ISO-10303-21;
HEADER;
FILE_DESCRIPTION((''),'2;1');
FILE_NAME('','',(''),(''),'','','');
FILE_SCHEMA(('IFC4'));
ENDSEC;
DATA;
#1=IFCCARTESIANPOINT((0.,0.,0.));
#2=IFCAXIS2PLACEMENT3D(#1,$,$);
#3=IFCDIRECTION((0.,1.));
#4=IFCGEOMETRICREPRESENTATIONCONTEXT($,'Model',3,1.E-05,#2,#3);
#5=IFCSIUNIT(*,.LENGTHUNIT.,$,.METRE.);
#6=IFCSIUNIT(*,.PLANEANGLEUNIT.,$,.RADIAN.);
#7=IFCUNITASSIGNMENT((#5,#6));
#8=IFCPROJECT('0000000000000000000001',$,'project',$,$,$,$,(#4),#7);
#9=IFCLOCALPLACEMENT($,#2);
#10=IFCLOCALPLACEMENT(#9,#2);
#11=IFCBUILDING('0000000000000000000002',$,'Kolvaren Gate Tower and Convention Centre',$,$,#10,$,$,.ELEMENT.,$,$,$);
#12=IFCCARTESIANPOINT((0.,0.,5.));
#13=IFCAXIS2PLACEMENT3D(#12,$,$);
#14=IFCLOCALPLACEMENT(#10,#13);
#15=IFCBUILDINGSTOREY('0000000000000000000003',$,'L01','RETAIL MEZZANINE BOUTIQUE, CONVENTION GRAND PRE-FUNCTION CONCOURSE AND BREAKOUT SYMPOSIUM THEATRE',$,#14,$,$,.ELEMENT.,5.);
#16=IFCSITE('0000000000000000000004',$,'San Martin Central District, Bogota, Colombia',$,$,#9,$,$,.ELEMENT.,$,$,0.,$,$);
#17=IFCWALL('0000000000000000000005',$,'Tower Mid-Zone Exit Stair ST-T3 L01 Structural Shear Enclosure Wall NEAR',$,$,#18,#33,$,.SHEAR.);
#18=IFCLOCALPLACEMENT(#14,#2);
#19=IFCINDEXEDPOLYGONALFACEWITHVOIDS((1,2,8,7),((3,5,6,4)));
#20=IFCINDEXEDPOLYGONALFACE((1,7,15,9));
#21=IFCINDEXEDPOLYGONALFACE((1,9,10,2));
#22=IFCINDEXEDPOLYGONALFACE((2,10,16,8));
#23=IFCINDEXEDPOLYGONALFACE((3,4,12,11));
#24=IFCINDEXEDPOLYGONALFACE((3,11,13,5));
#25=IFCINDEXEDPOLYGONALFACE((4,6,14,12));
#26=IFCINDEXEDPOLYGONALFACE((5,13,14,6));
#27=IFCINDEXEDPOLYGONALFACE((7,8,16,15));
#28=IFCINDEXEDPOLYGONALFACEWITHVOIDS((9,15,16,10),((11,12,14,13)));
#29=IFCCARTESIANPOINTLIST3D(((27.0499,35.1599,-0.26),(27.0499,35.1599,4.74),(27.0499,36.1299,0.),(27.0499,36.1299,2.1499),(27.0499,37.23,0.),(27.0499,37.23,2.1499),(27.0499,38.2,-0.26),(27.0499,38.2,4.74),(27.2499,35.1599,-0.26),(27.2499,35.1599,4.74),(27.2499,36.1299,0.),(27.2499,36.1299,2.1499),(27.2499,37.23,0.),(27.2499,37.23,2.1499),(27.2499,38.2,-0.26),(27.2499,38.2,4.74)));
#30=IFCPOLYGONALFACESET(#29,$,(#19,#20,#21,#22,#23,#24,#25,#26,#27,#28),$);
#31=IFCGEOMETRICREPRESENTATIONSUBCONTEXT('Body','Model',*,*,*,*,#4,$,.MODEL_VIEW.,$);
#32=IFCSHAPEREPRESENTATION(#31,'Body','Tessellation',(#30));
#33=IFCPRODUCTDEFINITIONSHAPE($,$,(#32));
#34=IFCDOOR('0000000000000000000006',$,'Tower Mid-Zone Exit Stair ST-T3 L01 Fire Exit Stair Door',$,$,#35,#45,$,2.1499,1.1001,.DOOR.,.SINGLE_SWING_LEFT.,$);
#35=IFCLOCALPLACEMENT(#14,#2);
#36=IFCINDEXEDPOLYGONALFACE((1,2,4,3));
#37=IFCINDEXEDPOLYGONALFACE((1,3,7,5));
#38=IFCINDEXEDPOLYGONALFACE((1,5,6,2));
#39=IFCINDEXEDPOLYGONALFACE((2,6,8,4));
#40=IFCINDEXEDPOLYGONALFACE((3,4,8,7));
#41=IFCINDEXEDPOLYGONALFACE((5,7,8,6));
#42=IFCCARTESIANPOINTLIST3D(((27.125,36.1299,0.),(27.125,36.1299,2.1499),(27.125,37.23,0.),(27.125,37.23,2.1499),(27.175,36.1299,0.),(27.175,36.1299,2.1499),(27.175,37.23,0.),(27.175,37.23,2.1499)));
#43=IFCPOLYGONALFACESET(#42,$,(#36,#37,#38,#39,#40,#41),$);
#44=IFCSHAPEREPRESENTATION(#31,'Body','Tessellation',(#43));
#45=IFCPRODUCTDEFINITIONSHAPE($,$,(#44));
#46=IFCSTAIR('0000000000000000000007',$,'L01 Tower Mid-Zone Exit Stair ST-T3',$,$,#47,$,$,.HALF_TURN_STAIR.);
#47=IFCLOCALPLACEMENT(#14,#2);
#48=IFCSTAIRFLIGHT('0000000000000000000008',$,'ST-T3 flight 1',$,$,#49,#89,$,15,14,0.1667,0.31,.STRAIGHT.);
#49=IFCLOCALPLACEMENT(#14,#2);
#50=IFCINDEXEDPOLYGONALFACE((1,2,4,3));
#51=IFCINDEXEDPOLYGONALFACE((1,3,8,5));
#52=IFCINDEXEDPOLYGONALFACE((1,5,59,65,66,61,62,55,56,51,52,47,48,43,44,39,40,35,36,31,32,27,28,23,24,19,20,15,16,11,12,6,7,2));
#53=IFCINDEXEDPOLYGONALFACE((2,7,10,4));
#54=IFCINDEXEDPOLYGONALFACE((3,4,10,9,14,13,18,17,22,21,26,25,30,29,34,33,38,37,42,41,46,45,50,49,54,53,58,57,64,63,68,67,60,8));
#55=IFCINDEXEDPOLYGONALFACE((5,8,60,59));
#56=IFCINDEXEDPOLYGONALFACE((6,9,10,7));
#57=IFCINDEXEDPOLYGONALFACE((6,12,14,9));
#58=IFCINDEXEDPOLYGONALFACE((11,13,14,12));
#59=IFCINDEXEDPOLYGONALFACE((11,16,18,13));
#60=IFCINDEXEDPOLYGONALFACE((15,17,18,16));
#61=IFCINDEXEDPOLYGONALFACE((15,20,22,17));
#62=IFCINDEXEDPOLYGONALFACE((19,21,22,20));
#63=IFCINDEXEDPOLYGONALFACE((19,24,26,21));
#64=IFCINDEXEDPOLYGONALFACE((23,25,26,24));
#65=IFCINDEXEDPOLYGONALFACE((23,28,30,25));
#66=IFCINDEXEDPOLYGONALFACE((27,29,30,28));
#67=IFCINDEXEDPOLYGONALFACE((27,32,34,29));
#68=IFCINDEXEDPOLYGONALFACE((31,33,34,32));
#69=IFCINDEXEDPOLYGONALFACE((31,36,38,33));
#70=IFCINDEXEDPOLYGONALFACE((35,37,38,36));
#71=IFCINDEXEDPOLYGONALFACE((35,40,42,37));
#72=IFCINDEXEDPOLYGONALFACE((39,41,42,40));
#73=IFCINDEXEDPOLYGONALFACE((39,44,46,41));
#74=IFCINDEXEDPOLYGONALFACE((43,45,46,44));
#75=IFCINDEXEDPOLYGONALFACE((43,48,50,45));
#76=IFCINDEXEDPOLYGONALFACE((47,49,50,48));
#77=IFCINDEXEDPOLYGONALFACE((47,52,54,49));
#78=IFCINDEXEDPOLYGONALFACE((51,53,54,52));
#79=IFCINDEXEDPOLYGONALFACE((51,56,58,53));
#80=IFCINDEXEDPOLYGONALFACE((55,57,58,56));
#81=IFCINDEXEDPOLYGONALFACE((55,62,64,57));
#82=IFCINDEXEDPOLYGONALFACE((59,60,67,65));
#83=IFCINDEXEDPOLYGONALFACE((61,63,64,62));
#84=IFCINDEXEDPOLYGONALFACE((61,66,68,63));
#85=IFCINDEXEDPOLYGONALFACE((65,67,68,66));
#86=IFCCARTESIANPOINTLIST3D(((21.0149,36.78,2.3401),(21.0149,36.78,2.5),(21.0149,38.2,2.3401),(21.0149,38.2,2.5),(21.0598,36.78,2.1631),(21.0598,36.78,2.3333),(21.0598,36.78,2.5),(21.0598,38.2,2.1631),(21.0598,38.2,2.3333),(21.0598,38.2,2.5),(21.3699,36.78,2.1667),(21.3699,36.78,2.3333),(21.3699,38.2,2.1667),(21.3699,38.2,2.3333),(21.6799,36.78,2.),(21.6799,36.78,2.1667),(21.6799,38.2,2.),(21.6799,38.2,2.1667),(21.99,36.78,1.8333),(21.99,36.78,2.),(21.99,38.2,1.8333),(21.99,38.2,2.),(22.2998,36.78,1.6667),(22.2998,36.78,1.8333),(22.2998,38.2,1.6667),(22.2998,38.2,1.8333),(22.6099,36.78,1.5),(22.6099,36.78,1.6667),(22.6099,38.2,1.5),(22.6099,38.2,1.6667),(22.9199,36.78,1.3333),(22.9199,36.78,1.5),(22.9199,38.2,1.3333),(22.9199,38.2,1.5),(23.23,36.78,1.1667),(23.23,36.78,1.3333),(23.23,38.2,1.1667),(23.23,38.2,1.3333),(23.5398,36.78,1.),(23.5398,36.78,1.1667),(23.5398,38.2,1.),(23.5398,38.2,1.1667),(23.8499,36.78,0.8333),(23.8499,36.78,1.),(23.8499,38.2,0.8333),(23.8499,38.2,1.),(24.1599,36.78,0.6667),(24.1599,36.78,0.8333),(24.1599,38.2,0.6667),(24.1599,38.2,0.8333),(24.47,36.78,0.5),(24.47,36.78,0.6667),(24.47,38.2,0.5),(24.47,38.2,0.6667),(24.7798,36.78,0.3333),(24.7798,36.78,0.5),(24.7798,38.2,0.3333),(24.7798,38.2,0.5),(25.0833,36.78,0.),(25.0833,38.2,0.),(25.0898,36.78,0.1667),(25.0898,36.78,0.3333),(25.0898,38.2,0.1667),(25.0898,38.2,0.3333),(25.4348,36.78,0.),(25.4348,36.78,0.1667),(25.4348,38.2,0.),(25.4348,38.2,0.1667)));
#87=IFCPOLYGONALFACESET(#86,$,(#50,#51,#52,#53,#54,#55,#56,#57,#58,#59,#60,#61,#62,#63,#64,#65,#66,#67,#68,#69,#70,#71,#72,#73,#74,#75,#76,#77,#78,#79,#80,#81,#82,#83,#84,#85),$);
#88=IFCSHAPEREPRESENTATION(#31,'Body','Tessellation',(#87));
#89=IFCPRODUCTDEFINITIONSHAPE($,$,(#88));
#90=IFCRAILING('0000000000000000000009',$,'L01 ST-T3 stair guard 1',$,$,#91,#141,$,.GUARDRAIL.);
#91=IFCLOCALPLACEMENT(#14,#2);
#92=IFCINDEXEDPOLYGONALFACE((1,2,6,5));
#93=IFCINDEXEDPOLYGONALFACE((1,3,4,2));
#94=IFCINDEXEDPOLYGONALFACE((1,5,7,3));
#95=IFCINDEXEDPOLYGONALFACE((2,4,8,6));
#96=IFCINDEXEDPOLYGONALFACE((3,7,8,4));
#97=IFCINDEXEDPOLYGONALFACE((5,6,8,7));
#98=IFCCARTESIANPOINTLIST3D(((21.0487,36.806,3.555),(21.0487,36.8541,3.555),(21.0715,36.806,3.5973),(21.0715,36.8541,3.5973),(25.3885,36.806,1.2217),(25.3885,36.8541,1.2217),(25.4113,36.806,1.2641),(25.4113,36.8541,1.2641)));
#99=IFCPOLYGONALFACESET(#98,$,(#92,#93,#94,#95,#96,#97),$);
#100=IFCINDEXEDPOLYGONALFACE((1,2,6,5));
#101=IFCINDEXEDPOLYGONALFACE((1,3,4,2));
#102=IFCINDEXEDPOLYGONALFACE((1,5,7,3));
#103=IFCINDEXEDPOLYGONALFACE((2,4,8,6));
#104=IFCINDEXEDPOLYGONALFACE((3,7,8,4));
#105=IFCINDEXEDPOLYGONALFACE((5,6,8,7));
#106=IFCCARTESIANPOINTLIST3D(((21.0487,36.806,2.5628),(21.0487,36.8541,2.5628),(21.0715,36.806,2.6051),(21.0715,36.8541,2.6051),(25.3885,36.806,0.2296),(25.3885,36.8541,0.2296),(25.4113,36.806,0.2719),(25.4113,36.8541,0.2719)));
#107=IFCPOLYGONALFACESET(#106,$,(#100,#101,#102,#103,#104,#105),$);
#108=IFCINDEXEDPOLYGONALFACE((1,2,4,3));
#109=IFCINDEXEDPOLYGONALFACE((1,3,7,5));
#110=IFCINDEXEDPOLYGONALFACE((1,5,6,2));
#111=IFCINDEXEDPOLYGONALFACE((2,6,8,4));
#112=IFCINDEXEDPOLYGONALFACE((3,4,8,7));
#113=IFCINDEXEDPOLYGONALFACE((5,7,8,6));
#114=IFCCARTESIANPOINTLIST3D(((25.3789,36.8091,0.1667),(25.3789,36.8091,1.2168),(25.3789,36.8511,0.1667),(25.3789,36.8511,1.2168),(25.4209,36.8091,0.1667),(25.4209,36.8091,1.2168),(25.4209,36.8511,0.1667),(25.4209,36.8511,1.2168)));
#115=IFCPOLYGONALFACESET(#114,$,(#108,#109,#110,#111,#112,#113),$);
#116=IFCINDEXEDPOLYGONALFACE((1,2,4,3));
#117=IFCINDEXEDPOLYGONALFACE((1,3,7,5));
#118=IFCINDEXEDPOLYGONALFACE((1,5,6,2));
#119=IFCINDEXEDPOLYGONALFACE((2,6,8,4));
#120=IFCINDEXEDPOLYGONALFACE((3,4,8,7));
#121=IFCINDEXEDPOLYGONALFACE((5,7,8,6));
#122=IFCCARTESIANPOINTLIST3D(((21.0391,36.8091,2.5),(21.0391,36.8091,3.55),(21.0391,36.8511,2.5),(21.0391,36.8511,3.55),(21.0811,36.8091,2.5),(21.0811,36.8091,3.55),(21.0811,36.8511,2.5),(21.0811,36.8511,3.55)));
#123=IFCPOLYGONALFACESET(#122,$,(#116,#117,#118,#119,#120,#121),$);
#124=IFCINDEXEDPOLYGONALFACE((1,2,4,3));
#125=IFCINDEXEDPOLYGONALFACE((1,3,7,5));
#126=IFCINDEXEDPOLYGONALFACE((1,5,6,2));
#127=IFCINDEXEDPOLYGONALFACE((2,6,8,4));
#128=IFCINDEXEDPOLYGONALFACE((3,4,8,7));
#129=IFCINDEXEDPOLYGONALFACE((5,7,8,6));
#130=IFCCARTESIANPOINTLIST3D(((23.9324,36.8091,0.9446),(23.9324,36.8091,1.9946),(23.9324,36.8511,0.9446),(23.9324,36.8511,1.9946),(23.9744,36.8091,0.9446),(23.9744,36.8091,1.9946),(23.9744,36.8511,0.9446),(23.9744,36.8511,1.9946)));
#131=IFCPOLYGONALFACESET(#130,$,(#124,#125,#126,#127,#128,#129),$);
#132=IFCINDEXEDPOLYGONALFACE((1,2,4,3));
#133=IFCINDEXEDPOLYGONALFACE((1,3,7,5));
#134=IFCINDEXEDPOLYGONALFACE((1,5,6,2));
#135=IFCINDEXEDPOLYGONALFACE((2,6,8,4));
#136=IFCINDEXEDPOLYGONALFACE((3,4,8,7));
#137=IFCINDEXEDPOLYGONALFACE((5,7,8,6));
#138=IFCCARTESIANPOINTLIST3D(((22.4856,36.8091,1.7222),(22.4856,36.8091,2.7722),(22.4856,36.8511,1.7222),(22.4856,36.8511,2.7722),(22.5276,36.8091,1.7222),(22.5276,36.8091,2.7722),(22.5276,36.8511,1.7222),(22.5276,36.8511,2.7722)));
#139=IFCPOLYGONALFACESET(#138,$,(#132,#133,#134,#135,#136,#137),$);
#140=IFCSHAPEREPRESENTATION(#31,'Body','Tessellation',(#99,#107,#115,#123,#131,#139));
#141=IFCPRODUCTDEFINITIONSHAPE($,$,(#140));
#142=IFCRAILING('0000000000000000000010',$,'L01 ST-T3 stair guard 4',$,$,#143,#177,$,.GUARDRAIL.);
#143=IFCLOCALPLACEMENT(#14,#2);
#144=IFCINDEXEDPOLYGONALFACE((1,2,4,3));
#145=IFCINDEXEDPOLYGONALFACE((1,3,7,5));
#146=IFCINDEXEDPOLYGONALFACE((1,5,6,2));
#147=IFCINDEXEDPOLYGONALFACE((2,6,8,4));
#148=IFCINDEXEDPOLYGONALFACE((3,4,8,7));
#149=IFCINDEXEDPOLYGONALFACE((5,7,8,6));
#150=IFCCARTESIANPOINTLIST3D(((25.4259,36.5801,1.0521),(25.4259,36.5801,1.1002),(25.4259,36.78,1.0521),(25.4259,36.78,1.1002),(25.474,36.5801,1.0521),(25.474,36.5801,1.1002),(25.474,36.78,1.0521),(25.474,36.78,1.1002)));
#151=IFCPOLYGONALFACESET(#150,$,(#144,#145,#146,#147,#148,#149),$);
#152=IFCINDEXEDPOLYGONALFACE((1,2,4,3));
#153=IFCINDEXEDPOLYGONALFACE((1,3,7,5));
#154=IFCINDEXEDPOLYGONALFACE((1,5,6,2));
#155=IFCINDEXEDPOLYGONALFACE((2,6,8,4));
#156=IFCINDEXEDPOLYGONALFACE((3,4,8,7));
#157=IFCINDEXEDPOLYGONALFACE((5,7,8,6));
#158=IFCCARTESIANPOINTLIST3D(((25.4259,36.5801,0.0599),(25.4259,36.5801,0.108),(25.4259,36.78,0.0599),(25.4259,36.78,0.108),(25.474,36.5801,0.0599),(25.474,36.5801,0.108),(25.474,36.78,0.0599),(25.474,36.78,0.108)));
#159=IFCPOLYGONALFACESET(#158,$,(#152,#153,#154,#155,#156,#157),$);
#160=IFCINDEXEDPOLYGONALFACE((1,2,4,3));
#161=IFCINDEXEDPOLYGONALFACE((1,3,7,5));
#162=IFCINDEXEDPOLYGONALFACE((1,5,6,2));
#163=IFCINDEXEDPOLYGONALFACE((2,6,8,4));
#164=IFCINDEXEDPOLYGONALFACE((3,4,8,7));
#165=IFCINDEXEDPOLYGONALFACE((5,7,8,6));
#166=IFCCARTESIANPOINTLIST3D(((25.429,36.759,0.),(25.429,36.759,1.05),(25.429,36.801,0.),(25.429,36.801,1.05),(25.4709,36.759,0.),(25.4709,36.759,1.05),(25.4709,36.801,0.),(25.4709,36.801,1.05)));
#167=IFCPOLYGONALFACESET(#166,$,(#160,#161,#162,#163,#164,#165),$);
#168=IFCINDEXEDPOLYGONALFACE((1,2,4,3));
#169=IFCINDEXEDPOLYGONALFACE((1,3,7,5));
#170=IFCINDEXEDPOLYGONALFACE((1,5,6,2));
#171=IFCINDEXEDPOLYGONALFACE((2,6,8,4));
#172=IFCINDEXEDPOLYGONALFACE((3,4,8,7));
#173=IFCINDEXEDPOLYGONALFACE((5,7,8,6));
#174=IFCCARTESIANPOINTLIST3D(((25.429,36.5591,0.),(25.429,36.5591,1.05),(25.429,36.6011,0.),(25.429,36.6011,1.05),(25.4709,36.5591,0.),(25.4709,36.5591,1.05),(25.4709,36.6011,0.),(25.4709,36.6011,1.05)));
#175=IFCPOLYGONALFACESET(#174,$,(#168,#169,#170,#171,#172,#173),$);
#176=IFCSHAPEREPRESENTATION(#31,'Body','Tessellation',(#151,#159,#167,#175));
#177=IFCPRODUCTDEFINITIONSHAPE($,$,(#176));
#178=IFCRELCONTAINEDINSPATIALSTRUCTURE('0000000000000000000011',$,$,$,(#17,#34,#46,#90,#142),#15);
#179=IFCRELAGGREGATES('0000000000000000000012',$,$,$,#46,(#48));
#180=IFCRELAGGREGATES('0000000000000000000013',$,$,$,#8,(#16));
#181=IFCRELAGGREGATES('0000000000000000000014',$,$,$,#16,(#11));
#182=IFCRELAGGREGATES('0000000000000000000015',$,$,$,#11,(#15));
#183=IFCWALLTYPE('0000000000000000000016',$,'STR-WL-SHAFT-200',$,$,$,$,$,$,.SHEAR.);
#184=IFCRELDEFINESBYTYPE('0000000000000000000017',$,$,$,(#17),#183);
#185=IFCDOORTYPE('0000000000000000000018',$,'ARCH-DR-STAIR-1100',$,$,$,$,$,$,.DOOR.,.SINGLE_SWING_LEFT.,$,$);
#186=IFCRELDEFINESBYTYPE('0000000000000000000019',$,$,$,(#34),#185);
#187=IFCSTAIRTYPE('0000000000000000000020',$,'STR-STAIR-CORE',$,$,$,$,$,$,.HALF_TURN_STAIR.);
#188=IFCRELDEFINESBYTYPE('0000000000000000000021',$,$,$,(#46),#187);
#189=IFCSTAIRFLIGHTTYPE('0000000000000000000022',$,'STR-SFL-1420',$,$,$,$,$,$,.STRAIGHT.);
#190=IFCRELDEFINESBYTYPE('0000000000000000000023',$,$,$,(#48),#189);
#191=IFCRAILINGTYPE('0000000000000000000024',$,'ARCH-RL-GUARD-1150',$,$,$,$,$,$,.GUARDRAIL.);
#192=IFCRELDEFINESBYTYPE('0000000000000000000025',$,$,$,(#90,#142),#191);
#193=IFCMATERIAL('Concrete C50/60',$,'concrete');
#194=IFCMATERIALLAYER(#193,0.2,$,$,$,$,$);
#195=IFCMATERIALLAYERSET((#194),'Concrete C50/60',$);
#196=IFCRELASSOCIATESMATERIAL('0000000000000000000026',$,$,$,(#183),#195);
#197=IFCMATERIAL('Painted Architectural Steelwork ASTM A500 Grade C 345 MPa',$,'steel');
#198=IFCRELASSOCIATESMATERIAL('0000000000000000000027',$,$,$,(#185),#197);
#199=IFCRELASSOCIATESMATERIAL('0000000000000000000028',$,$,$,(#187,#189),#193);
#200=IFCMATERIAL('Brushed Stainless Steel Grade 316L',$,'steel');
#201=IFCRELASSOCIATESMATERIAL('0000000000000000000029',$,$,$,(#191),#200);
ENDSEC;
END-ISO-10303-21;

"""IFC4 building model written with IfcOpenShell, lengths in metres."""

from ifc_helpers import new_model, si_unit, direction, frame, frame_2d, origin, origin_2d, place, context, subcontext, project, spatial, polyline, rectangle, outline, extrude, material, layer, layer_set, type_object, element, fill, aggregate, save


model = new_model("IFC4")

# Units and contexts
model_context = context("Model", 3, precision=1e-05, world=origin(), true_north=direction((0.0, 1.0)))
body_context = subcontext(model_context, "Body", "Model", "MODEL_VIEW")
ifc_project = project(units=[si_unit("LENGTHUNIT", "METRE"), si_unit("PLANEANGLEUNIT", "RADIAN")], contexts=[model_context])

# Site, building, storey
site_placement = place(None, origin())
site = spatial("IfcSite", under=ifc_project, at=site_placement, Name="San Martin Central District, Bogota, Colombia", CompositionType="ELEMENT", RefElevation=0.0)
building_placement = place(site_placement, origin())
building = spatial("IfcBuilding", under=site, at=building_placement, Name="Kolvaren Gate Tower and Convention Centre", CompositionType="ELEMENT")
storey_placement = place(building_placement, frame((0.0, 0.0, 5.0)))
storey = spatial("IfcBuildingStorey", under=building, at=storey_placement, Name="L01", Description="RETAIL MEZZANINE BOUTIQUE, CONVENTION GRAND PRE-FUNCTION CONCOURSE AND BREAKOUT SYMPOSIUM THEATRE", CompositionType="ELEMENT", Elevation=5.0)

# Shared definitions
ifc_material_1 = material(Name="Brushed Stainless Steel Grade 316L", Category="steel")

# Shared definitions
ifc_material_2 = material(Name="Painted Architectural Steelwork ASTM A500 Grade C 345 MPa", Category="steel")

# Wall, opening, door
ifc_material_3 = material(Name="Concrete C50/60", Category="concrete")
ifc_layer_1 = layer(ifc_material_3, 0.2)
ifc_layer_set_1 = layer_set([ifc_layer_1], Name="Concrete C50/60")
wall_type_1 = type_object("IfcWallType", Name="STR-WL-SHAFT-200", PredefinedType="SHEAR", material=ifc_layer_set_1)
door_type_1 = type_object("IfcDoorType", Name="ARCH-DR-STAIR-1100", OperationType="SINGLE_SWING_LEFT", PredefinedType="DOOR", material=ifc_material_2)
wall_1_placement = place(storey_placement, frame((27.1499, 35.1599, -0.26), z_axis=(0.0, 0.0, 1.0), x_axis=(0.0, 1.0, 0.0)))
wall_1 = element("IfcWall", 1, at=wall_1_placement, inside=storey, type_object=wall_type_1, Name="Tower Mid-Zone Exit Stair ST-T3 L01 Structural Shear Enclosure Wall NEAR", PredefinedType="SHEAR", context=body_context, shape_type="SweptSolid", body=[
    extrude(rectangle(XDim=3.04, YDim=0.2, at=frame_2d((1.52, 0.0))), origin(), (0.0, 0.0, 1.0), 5.0),
])
opening_1_placement = place(wall_1_placement, frame((0.97, 0.0, 0.26)))
opening_1 = element("IfcOpeningElement", 2, at=opening_1_placement, cuts=wall_1, PredefinedType="OPENING", context=body_context, shape_type="SweptSolid", body=[
    extrude(rectangle(XDim=1.1001, YDim=2.1499, at=frame_2d((0.55, 1.075))), frame((0.0, 0.1099, 0.0), z_axis=(0.0, -1.0, 0.0), x_axis=(1.0, 0.0, 0.0)), (0.0, 0.0, 1.0), 0.22),
])
door_1_placement = place(opening_1_placement, origin())
door_1 = element("IfcDoor", 3, at=door_1_placement, inside=storey, type_object=door_type_1, Name="Tower Mid-Zone Exit Stair ST-T3 L01 Fire Exit Stair Door", OperationType="SINGLE_SWING_LEFT", OverallHeight=2.1499, OverallWidth=1.1001, PredefinedType="DOOR", context=body_context, shape_type="SweptSolid", body=[
    extrude(rectangle(XDim=1.1001, YDim=2.1499, at=frame_2d((0.55, 1.075))), frame((0.0, 0.0249, 0.0), z_axis=(0.0, -1.0, 0.0), x_axis=(1.0, 0.0, 0.0)), (0.0, 0.0, 1.0), 0.05),
])
fill(opening_1, door_1)

# Stair, stair flight
stair_type = type_object("IfcStairType", Name="STR-STAIR-CORE", PredefinedType="HALF_TURN_STAIR", material=ifc_material_3)
stair_placement = place(storey_placement, origin())
stair = element("IfcStair", 4, at=stair_placement, inside=storey, type_object=stair_type, Name="L01 Tower Mid-Zone Exit Stair ST-T3", PredefinedType="HALF_TURN_STAIR")
stair_flight_type = type_object("IfcStairFlightType", Name="STR-SFL-1420", PredefinedType="STRAIGHT", material=ifc_material_3)
stair_flight_placement = place(storey_placement, frame((25.3999, 37.49, 0.0), z_axis=(0.0, 0.0, 1.0), x_axis=(-1.0, 0.0, 0.0)))
stair_flight = element("IfcStairFlight", 5, at=stair_flight_placement, type_object=stair_flight_type, Name="ST-T3 flight 1", NumberOfRisers=15, NumberOfTreads=14, PredefinedType="STRAIGHT", RiserHeight=0.1667, TreadLength=0.31, context=body_context, shape_type="SweptSolid", body=[
    extrude(outline(polyline([(-0.0349, 0.0), (-0.0349, 0.1667), (0.3101, 0.1667), (0.3101, 0.3333), (0.6201, 0.3333), (0.6201, 0.5), (0.9299, 0.5), (0.9299, 0.6667), (1.24, 0.6667), (1.24, 0.8333), (1.55, 0.8333), (1.55, 1.0), (1.8601, 1.0), (1.8601, 1.1667), (2.1699, 1.1667), (2.1699, 1.3333), (2.48, 1.3333), (2.48, 1.5), (2.79, 1.5), (2.79, 1.6667), (3.1001, 1.6667), (3.1001, 1.8333), (3.4099, 1.8333), (3.4099, 2.0), (3.72, 2.0), (3.72, 2.1667), (4.03, 2.1667), (4.03, 2.3333), (4.3401, 2.3333), (4.3401, 2.5), (4.385, 2.5), (4.385, 2.3401), (4.3401, 2.1631), (0.3167, 0.0), (-0.0349, 0.0)])), frame((0.0, 0.71, 0.0), z_axis=(0.0, -1.0, 0.0), x_axis=(1.0, 0.0, 0.0)), (0.0, 0.0, 1.0), 1.4199),
])
aggregate(stair, [stair_flight])

# Railings
railing_type_1 = type_object("IfcRailingType", Name="ARCH-RL-GUARD-1150", PredefinedType="GUARDRAIL", material=ifc_material_1)
railing_1_placement = place(storey_placement, frame((25.3999, 36.8301, 0.1667)))
element("IfcRailing", 6, at=railing_1_placement, inside=storey, type_object=railing_type_1, Name="L01 ST-T3 stair guard 1", PredefinedType="GUARDRAIL", context=body_context, shape_type="SweptSolid", body=[
    extrude(rectangle(XDim=0.0481, YDim=0.0481, at=origin_2d()), frame((0.0, 0.0, 1.0762), z_axis=(-0.880775, 0.0, 0.473535), x_axis=(0.0, -1.0, 0.0)), (0.0, 0.0, 1.0), 4.9272),
    extrude(rectangle(XDim=0.0481, YDim=0.0481, at=origin_2d()), frame((0.0, 0.0, 0.084), z_axis=(-0.880775, 0.0, 0.473535), x_axis=(0.0, -1.0, 0.0)), (0.0, 0.0, 1.0), 4.9272),
    extrude(rectangle(XDim=0.042, YDim=0.042, at=origin_2d()), origin(), (0.0, 0.0, 1.0), 1.05),
    extrude(rectangle(XDim=0.042, YDim=0.042, at=origin_2d()), frame((-4.3398, 0.0, 2.3333)), (0.0, 0.0, 1.0), 1.05),
    extrude(rectangle(XDim=0.042, YDim=0.042, at=origin_2d()), frame((-1.4465, 0.0, 0.7778)), (0.0, 0.0, 1.0), 1.05),
    extrude(rectangle(XDim=0.042, YDim=0.042, at=origin_2d()), frame((-2.8933, 0.0, 1.5554)), (0.0, 0.0, 1.0), 1.05),
])
railing_2_placement = place(storey_placement, frame((25.45, 36.78, 0.0)))
element("IfcRailing", 7, at=railing_2_placement, inside=storey, type_object=railing_type_1, Name="L01 ST-T3 stair guard 4", PredefinedType="GUARDRAIL", context=body_context, shape_type="SweptSolid", body=[
    extrude(rectangle(XDim=0.0481, YDim=0.0481, at=origin_2d()), frame((0.0, 0.0, 1.0762), z_axis=(0.0, -1.0, 0.0), x_axis=(1.0, 0.0, 0.0)), (0.0, 0.0, 1.0), 0.2),
    extrude(rectangle(XDim=0.0481, YDim=0.0481, at=origin_2d()), frame((0.0, 0.0, 0.084), z_axis=(0.0, -1.0, 0.0), x_axis=(1.0, 0.0, 0.0)), (0.0, 0.0, 1.0), 0.2),
    extrude(rectangle(XDim=0.042, YDim=0.042, at=origin_2d()), origin(), (0.0, 0.0, 1.0), 1.05),
    extrude(rectangle(XDim=0.042, YDim=0.042, at=origin_2d()), frame((0.0, -0.2, 0.0)), (0.0, 0.0, 1.0), 1.05),
])

save(model, "model.ifc")
